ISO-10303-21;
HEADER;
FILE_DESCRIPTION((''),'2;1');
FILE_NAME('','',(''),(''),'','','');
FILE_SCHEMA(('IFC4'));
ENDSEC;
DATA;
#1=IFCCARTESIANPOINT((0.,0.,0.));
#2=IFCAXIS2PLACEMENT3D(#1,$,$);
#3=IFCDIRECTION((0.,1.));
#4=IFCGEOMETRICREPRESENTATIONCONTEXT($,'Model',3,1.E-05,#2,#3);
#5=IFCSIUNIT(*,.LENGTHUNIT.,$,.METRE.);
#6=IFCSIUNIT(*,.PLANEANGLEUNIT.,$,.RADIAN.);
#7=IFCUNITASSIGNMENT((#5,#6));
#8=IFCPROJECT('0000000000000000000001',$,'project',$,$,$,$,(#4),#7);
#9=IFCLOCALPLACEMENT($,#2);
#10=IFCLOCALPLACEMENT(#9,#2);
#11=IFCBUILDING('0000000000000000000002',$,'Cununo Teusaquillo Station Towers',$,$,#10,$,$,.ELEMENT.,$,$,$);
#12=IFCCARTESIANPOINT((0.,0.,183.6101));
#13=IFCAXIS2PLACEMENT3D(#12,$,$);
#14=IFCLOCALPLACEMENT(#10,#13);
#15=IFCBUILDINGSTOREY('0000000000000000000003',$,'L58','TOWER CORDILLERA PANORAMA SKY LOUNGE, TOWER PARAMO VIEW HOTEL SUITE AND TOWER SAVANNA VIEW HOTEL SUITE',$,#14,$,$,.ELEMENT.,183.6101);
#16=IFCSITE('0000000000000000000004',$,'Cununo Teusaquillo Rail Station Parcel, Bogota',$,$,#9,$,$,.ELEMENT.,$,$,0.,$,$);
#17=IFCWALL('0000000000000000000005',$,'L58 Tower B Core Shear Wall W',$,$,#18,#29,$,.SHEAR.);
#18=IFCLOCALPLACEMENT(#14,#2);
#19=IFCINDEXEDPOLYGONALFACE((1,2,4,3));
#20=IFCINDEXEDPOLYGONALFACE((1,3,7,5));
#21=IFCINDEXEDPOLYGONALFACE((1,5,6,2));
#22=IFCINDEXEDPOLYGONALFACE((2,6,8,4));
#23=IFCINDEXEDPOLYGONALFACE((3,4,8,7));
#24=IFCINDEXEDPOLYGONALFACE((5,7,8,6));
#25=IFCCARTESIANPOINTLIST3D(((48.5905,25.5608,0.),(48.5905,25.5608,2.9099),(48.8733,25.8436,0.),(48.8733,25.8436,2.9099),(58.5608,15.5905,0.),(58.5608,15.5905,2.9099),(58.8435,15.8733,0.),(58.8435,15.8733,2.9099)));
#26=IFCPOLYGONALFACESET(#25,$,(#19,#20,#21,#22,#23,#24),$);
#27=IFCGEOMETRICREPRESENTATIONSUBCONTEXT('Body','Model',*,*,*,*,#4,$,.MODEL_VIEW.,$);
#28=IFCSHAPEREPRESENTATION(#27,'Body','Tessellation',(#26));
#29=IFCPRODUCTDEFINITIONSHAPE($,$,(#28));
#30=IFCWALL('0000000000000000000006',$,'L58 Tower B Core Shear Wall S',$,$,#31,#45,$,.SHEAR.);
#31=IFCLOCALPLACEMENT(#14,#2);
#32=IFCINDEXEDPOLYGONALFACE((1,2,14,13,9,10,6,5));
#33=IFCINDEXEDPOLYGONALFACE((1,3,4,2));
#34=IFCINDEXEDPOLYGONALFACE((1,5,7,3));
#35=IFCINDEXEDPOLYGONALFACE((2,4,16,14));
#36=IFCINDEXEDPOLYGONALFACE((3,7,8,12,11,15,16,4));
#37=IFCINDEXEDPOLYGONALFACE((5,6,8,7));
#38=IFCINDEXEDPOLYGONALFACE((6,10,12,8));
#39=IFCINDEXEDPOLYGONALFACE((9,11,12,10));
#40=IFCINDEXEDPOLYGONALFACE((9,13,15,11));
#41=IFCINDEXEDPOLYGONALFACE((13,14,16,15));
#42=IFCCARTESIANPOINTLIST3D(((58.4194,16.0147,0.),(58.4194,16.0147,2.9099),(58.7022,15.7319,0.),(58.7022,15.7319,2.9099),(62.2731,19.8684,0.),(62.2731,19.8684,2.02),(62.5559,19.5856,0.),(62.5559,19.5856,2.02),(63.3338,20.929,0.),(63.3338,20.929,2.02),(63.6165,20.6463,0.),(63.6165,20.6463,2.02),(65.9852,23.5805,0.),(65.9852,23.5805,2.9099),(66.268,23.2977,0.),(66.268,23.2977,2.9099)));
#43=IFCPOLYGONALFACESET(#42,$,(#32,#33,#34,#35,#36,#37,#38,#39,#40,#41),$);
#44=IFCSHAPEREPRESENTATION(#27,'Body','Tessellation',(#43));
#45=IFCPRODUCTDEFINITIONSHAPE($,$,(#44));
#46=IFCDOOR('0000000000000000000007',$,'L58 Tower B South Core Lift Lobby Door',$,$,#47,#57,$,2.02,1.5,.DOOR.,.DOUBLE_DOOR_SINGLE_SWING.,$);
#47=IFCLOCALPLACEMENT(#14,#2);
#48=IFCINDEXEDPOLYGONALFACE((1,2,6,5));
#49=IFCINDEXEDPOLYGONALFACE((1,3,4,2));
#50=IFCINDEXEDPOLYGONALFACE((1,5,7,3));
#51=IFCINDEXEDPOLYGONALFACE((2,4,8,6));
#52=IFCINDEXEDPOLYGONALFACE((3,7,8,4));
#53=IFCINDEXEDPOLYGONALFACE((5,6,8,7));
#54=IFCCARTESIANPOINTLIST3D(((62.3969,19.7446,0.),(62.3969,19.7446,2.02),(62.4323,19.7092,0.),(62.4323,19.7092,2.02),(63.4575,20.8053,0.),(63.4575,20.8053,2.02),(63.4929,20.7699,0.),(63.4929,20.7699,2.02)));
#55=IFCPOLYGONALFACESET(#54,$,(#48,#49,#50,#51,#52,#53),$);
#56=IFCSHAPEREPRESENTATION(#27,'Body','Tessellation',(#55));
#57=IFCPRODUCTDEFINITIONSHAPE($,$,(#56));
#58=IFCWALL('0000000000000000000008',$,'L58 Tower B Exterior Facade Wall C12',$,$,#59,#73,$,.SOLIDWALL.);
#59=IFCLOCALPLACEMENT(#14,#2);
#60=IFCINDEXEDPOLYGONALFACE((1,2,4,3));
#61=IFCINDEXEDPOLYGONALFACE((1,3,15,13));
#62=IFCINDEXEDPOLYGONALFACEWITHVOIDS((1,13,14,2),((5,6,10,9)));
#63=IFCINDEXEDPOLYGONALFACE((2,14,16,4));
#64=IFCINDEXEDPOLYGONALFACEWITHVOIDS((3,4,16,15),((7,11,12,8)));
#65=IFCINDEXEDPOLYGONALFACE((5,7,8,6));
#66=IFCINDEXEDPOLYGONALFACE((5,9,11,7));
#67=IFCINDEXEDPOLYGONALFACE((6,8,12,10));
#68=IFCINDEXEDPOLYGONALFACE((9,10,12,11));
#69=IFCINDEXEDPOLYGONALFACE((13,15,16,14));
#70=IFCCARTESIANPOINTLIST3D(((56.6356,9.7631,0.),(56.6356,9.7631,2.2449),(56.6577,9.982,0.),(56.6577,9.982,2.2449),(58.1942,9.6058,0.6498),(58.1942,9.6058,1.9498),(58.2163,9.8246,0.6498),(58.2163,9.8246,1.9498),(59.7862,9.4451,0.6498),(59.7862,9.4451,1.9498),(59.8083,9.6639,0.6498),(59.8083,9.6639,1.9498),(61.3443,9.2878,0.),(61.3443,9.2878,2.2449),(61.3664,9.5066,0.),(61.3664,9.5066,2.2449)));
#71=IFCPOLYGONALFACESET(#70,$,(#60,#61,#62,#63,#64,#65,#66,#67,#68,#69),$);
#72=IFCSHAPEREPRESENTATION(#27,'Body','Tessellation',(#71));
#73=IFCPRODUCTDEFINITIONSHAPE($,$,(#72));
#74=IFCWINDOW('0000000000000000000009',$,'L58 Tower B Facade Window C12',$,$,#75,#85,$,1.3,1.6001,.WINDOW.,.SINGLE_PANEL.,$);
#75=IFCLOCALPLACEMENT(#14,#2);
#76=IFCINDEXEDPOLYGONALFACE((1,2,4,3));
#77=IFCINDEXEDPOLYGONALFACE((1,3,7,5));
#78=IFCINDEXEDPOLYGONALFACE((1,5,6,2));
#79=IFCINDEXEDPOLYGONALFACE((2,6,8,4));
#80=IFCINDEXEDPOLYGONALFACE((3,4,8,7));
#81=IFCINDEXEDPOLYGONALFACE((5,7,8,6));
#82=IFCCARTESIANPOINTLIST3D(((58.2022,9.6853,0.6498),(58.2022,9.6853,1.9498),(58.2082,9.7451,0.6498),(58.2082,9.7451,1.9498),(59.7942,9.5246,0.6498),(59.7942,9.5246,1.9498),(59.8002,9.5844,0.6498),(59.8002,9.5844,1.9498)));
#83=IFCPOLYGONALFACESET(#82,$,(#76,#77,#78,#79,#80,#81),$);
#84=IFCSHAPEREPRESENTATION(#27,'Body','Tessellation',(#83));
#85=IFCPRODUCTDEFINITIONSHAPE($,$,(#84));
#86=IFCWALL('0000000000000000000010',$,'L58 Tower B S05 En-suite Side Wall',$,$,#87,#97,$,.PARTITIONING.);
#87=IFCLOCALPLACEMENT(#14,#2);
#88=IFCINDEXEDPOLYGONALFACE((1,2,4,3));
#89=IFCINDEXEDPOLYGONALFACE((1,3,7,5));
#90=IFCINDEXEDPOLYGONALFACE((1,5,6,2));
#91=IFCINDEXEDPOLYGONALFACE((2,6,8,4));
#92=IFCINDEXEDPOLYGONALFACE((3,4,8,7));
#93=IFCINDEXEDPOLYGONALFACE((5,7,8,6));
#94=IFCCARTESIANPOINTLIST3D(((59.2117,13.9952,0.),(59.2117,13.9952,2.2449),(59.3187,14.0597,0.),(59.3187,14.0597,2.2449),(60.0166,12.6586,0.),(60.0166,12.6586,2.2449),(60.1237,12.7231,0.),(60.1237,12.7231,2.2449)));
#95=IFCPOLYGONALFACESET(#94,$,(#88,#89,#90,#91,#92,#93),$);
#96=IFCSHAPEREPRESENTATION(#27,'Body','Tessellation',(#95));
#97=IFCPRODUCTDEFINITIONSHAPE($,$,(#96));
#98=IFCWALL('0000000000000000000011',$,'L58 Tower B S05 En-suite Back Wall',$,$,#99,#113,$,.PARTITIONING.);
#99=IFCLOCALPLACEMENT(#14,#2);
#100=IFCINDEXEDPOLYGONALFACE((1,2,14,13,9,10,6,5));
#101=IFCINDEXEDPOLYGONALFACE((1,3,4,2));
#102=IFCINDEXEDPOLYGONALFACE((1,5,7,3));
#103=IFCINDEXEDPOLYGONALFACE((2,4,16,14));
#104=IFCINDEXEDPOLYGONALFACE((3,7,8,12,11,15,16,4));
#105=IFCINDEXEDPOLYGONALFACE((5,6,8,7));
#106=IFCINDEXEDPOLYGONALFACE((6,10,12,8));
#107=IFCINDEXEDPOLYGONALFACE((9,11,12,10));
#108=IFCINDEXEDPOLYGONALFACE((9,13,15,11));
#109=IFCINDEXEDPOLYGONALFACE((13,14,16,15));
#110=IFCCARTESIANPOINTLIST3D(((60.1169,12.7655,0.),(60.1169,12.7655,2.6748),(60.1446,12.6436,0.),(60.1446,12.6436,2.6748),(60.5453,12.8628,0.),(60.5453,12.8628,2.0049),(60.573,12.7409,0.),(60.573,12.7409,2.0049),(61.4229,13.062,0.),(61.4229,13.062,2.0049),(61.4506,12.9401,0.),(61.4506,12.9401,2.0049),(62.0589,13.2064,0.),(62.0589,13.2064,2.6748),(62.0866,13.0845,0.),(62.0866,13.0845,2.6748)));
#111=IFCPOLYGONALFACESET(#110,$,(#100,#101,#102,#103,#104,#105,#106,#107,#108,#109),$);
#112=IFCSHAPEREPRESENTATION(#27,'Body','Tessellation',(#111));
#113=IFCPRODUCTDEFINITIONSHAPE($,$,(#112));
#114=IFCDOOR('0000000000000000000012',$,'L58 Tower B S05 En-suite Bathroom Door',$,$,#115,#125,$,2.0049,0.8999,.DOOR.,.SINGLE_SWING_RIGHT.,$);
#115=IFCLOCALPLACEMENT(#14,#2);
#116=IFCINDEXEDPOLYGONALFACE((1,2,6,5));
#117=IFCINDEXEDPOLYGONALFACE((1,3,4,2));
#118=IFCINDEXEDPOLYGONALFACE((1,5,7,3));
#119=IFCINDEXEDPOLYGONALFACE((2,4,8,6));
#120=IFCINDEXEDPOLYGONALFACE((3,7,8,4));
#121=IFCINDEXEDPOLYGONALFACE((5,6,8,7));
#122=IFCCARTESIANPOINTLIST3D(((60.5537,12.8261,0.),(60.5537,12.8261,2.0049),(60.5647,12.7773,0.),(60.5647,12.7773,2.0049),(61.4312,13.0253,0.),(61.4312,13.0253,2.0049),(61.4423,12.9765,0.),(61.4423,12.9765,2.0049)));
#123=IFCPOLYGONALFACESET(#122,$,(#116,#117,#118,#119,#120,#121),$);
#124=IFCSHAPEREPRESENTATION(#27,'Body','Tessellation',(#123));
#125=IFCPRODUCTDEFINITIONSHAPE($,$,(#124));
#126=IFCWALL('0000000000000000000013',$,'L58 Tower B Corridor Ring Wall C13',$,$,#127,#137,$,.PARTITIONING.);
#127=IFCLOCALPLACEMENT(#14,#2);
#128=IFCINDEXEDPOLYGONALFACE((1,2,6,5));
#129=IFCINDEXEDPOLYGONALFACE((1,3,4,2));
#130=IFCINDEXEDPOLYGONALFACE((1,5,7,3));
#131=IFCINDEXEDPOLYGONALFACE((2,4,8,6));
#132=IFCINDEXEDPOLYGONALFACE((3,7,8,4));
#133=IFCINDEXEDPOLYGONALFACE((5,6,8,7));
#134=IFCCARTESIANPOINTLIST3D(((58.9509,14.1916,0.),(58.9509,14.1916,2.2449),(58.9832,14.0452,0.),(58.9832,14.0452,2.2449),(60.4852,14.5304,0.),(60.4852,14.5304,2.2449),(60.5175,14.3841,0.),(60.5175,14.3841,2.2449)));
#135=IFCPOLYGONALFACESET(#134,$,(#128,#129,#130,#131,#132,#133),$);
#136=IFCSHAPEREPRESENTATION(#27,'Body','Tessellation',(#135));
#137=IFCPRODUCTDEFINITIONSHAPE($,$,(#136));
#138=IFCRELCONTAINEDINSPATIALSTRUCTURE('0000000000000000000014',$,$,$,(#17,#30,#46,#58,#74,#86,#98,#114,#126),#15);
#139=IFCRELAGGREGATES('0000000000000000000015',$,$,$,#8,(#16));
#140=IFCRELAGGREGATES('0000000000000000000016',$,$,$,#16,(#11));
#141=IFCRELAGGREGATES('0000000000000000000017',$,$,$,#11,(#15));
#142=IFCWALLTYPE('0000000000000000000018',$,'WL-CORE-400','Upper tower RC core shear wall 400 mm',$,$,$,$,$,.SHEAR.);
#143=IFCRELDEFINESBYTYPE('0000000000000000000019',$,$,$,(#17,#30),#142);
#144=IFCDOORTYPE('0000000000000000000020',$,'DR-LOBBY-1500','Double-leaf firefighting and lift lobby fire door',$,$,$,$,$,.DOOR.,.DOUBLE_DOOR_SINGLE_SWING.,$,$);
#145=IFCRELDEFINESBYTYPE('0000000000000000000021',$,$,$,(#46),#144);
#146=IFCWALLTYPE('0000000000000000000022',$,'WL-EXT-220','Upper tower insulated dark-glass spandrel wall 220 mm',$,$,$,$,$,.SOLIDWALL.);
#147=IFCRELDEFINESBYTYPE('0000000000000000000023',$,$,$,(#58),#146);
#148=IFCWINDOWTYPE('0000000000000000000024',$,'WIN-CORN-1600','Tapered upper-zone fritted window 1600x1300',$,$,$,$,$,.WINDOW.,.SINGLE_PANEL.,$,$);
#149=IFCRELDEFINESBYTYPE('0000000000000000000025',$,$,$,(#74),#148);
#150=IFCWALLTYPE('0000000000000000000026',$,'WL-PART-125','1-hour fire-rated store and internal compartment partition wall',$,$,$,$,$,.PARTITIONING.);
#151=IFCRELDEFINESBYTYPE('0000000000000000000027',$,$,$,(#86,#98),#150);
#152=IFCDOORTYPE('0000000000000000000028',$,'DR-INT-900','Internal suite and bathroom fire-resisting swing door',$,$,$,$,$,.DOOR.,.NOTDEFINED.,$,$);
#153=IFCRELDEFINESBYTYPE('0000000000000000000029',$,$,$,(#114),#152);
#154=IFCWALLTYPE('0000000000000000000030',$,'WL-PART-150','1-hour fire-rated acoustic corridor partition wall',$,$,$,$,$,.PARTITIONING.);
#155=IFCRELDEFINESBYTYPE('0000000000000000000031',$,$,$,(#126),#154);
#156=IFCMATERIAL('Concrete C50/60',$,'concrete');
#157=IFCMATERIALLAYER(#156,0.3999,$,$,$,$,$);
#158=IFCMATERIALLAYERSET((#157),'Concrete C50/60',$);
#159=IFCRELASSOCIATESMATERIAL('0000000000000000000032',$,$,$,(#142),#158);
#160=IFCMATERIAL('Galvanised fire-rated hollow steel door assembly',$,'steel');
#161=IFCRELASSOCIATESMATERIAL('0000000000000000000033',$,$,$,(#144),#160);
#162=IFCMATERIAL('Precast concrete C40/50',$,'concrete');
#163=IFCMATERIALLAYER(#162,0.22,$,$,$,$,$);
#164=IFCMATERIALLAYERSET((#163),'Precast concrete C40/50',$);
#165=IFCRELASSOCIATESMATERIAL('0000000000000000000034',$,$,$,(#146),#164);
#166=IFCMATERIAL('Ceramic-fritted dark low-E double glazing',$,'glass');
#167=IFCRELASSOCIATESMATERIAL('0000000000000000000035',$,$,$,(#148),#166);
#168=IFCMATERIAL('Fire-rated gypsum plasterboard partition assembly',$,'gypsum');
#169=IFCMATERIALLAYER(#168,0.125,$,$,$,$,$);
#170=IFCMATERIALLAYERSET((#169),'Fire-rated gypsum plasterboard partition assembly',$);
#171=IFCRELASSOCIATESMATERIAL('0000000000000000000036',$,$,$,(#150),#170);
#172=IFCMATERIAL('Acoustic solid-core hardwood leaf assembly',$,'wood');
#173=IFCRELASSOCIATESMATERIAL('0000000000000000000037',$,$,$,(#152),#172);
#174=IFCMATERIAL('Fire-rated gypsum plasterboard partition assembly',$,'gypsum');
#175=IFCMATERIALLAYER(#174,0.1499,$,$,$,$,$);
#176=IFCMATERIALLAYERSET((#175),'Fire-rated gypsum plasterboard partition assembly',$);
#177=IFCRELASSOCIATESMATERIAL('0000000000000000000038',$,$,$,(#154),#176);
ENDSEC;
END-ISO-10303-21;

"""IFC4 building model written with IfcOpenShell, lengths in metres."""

from ifc_helpers import new_model, si_unit, direction, frame, frame_2d, origin, place, context, subcontext, project, spatial, rectangle, extrude, source, transform, mapped, material, layer, layer_set, type_object, element, fill, save


model = new_model("IFC4")

# Units and contexts
model_context = context("Model", 3, precision=1e-05, world=origin(), true_north=direction((0.0, 1.0)))
body_context = subcontext(model_context, "Body", "Model", "MODEL_VIEW")
ifc_project = project(units=[si_unit("LENGTHUNIT", "METRE"), si_unit("PLANEANGLEUNIT", "RADIAN")], contexts=[model_context])

# Site, building, storey
site_placement = place(None, origin())
site = spatial("IfcSite", under=ifc_project, at=site_placement, Name="Cununo Teusaquillo Rail Station Parcel, Bogota", CompositionType="ELEMENT", RefElevation=0.0)
building_placement = place(site_placement, origin())
building = spatial("IfcBuilding", under=site, at=building_placement, Name="Cununo Teusaquillo Station Towers", CompositionType="ELEMENT")
storey_placement = place(building_placement, frame((0.0, 0.0, 183.6101)))
storey = spatial("IfcBuildingStorey", under=building, at=storey_placement, Name="L58", Description="TOWER CORDILLERA PANORAMA SKY LOUNGE, TOWER PARAMO VIEW HOTEL SUITE AND TOWER SAVANNA VIEW HOTEL SUITE", CompositionType="ELEMENT", Elevation=183.6101)

# Wall
ifc_material_1 = material(Name="Concrete C50/60", Category="concrete")
ifc_layer_1 = layer(ifc_material_1, 0.3999)
ifc_layer_set_1 = layer_set([ifc_layer_1], Name="Concrete C50/60")
wall_type_1 = type_object("IfcWallType", Name="WL-CORE-400", Description="Upper tower RC core shear wall 400 mm", PredefinedType="SHEAR", material=ifc_layer_set_1)
wall_1_placement = place(storey_placement, frame((58.7021, 15.7319, 0.0), z_axis=(0.0, 0.0, 1.0), x_axis=(-0.707107, 0.707107, 0.0)))
element("IfcWall", 1, at=wall_1_placement, inside=storey, type_object=wall_type_1, Name="L58 Tower B Core Shear Wall W", PredefinedType="SHEAR", context=body_context, shape_type="SweptSolid", body=[
    extrude(rectangle(XDim=14.1001, YDim=0.3999, at=frame_2d((7.05, 0.0))), origin(), (0.0, 0.0, 1.0), 2.9099),
])

# Wall, opening, door
wall_2_placement = place(storey_placement, frame((58.5608, 15.8733, 0.0), z_axis=(0.0, 0.0, 1.0), x_axis=(0.707107, 0.707107, 0.0)))
wall_2 = element("IfcWall", 2, at=wall_2_placement, inside=storey, type_object=wall_type_1, Name="L58 Tower B Core Shear Wall S", PredefinedType="SHEAR", context=body_context, shape_type="SweptSolid", body=[
    extrude(rectangle(XDim=10.6997, YDim=0.3999, at=frame_2d((5.3499, 0.0))), origin(), (0.0, 0.0, 1.0), 2.9099),
])
shared_shape_1 = source(origin(), body_context, "Body", "SweptSolid", [
    extrude(rectangle(XDim=1.5, YDim=2.02, at=frame_2d((0.75, 1.01))), frame((0.0, 0.21, 0.0), z_axis=(0.0, -1.0, 0.0), x_axis=(1.0, 0.0, 0.0)), (0.0, 0.0, 1.0), 0.4199),
])
opening_1_placement = place(wall_2_placement, frame((5.45, 0.0, 0.0)))
opening_1 = element("IfcOpeningElement", 3, at=opening_1_placement, cuts=wall_2, PredefinedType="OPENING", context=body_context, shape_type="MappedRepresentation", body=[
    mapped(shared_shape_1, transform((0.0, 0.0, 0.0), x_axis=(1.0, 0.0, 0.0), y_axis=(0.0, 1.0, 0.0), z_axis=(0.0, 0.0, 1.0), scale=1.0)),
])
ifc_material_2 = material(Name="Galvanised fire-rated hollow steel door assembly", Category="steel")
door_type_1 = type_object("IfcDoorType", Name="DR-LOBBY-1500", Description="Double-leaf firefighting and lift lobby fire door", OperationType="DOUBLE_DOOR_SINGLE_SWING", PredefinedType="DOOR", material=ifc_material_2)
shared_shape_2 = source(origin(), body_context, "Body", "SweptSolid", [
    extrude(rectangle(XDim=1.5, YDim=2.02, at=frame_2d((0.75, 1.01))), frame((0.0, 0.0249, 0.0), z_axis=(0.0, -1.0, 0.0), x_axis=(1.0, 0.0, 0.0)), (0.0, 0.0, 1.0), 0.05),
])
door_1_placement = place(opening_1_placement, origin())
door_1 = element("IfcDoor", 4, at=door_1_placement, inside=storey, type_object=door_type_1, Name="L58 Tower B South Core Lift Lobby Door", OperationType="DOUBLE_DOOR_SINGLE_SWING", OverallHeight=2.02, OverallWidth=1.5, PredefinedType="DOOR", context=body_context, shape_type="MappedRepresentation", body=[
    mapped(shared_shape_2, transform((0.0, 0.0, 0.0), x_axis=(1.0, 0.0, 0.0), y_axis=(0.0, 1.0, 0.0), z_axis=(0.0, 0.0, 1.0), scale=1.0)),
])
fill(opening_1, door_1)

# Wall, opening, window
ifc_material_3 = material(Name="Precast concrete C40/50", Category="concrete")
ifc_layer_2 = layer(ifc_material_3, 0.22)
ifc_layer_set_2 = layer_set([ifc_layer_2], Name="Precast concrete C40/50")
wall_type_2 = type_object("IfcWallType", Name="WL-EXT-220", Description="Upper tower insulated dark-glass spandrel wall 220 mm", PredefinedType="SOLIDWALL", material=ifc_layer_set_2)
wall_3_placement = place(storey_placement, frame((61.3552, 9.3972, 0.0), z_axis=(0.0, 0.0, 1.0), x_axis=(-0.994943, 0.100438, 0.0)))
wall_3 = element("IfcWall", 5, at=wall_3_placement, inside=storey, type_object=wall_type_2, Name="L58 Tower B Exterior Facade Wall C12", PredefinedType="SOLIDWALL", context=body_context, shape_type="SweptSolid", body=[
    extrude(rectangle(XDim=4.7327, YDim=0.22, at=frame_2d((2.3662, 0.0))), origin(), (0.0, 0.0, 1.0), 2.2449),
])
shared_shape_3 = source(origin(), body_context, "Body", "SweptSolid", [
    extrude(rectangle(XDim=1.6001, YDim=1.3, at=frame_2d((0.8, 0.6499))), frame((0.0, 0.1199, 0.0), z_axis=(0.0, -1.0, 0.0), x_axis=(1.0, 0.0, 0.0)), (0.0, 0.0, 1.0), 0.24),
])
opening_2_placement = place(wall_3_placement, frame((1.5659, 0.0, 0.6499)))
opening_2 = element("IfcOpeningElement", 6, at=opening_2_placement, cuts=wall_3, PredefinedType="OPENING", context=body_context, shape_type="MappedRepresentation", body=[
    mapped(shared_shape_3, transform((0.0, 0.0, 0.0), x_axis=(1.0, 0.0, 0.0), y_axis=(0.0, 1.0, 0.0), z_axis=(0.0, 0.0, 1.0), scale=1.0)),
])
ifc_material_4 = material(Name="Ceramic-fritted dark low-E double glazing", Category="glass")
window_type = type_object("IfcWindowType", Name="WIN-CORN-1600", Description="Tapered upper-zone fritted window 1600x1300", PartitioningType="SINGLE_PANEL", PredefinedType="WINDOW", material=ifc_material_4)
shared_shape_4 = source(origin(), body_context, "Body", "SweptSolid", [
    extrude(rectangle(XDim=1.6001, YDim=1.3, at=frame_2d((0.8, 0.6499))), frame((0.0, 0.03, 0.0), z_axis=(0.0, -1.0, 0.0), x_axis=(1.0, 0.0, 0.0)), (0.0, 0.0, 1.0), 0.0601),
])
window_placement = place(opening_2_placement, origin())
window = element("IfcWindow", 7, at=window_placement, inside=storey, type_object=window_type, Name="L58 Tower B Facade Window C12", OverallHeight=1.3, OverallWidth=1.6001, PartitioningType="SINGLE_PANEL", PredefinedType="WINDOW", context=body_context, shape_type="MappedRepresentation", body=[
    mapped(shared_shape_4, transform((0.0, 0.0, 0.0), x_axis=(1.0, 0.0, 0.0), y_axis=(0.0, 1.0, 0.0), z_axis=(0.0, 0.0, 1.0), scale=1.0)),
])
fill(opening_2, window)

# Wall
ifc_material_5 = material(Name="Fire-rated gypsum plasterboard partition assembly", Category="gypsum")
ifc_layer_3 = layer(ifc_material_5, 0.125)
ifc_layer_set_3 = layer_set([ifc_layer_3], Name="Fire-rated gypsum plasterboard partition assembly")
wall_type_3 = type_object("IfcWallType", Name="WL-PART-125", Description="1-hour fire-rated store and internal compartment partition wall", PredefinedType="PARTITIONING", material=ifc_layer_set_3)
wall_4_placement = place(storey_placement, frame((59.2651, 14.0276, 0.0), z_axis=(0.0, 0.0, 1.0), x_axis=(0.515876, -0.856663, 0.0)))
element("IfcWall", 8, at=wall_4_placement, inside=storey, type_object=wall_type_3, Name="L58 Tower B S05 En-suite Side Wall", PredefinedType="PARTITIONING", context=body_context, shape_type="SweptSolid", body=[
    extrude(rectangle(XDim=1.5603, YDim=0.125, at=frame_2d((0.7803, 0.0))), origin(), (0.0, 0.0, 1.0), 2.2449),
])

# Wall, opening, door
wall_5_placement = place(storey_placement, frame((60.1309, 12.7046, 0.0), z_axis=(0.0, 0.0, 1.0), x_axis=(0.975185, 0.221393, 0.0)))
wall_5 = element("IfcWall", 9, at=wall_5_placement, inside=storey, type_object=wall_type_3, Name="L58 Tower B S05 En-suite Back Wall", PredefinedType="PARTITIONING", context=body_context, shape_type="SweptSolid", body=[
    extrude(rectangle(XDim=1.9915, YDim=0.125, at=frame_2d((0.9956, 0.0))), origin(), (0.0, 0.0, 1.0), 2.6748),
])
shared_shape_5 = source(origin(), body_context, "Body", "SweptSolid", [
    extrude(rectangle(XDim=0.8999, YDim=2.0049, at=frame_2d((0.45, 1.0024))), frame((0.0, 0.0725, 0.0), z_axis=(0.0, -1.0, 0.0), x_axis=(1.0, 0.0, 0.0)), (0.0, 0.0, 1.0), 0.145),
])
opening_3_placement = place(wall_5_placement, frame((0.4392, 0.0, 0.0)))
opening_3 = element("IfcOpeningElement", 10, at=opening_3_placement, cuts=wall_5, PredefinedType="OPENING", context=body_context, shape_type="MappedRepresentation", body=[
    mapped(shared_shape_5, transform((0.0, 0.0, 0.0), x_axis=(1.0, 0.0, 0.0), y_axis=(0.0, 1.0, 0.0), z_axis=(0.0, 0.0, 1.0), scale=1.0)),
])
ifc_material_6 = material(Name="Acoustic solid-core hardwood leaf assembly", Category="wood")
door_type_2 = type_object("IfcDoorType", Name="DR-INT-900", Description="Internal suite and bathroom fire-resisting swing door", OperationType="NOTDEFINED", PredefinedType="DOOR", material=ifc_material_6)
shared_shape_6 = source(origin(), body_context, "Body", "SweptSolid", [
    extrude(rectangle(XDim=0.8999, YDim=2.0049, at=frame_2d((0.45, 1.0024))), frame((0.0, 0.0249, 0.0), z_axis=(0.0, -1.0, 0.0), x_axis=(1.0, 0.0, 0.0)), (0.0, 0.0, 1.0), 0.05),
])
door_2_placement = place(opening_3_placement, origin())
door_2 = element("IfcDoor", 11, at=door_2_placement, inside=storey, type_object=door_type_2, Name="L58 Tower B S05 En-suite Bathroom Door", OperationType="SINGLE_SWING_RIGHT", OverallHeight=2.0049, OverallWidth=0.8999, PredefinedType="DOOR", context=body_context, shape_type="MappedRepresentation", body=[
    mapped(shared_shape_6, transform((0.0, 0.0, 0.0), x_axis=(1.0, 0.0, 0.0), y_axis=(0.0, 1.0, 0.0), z_axis=(0.0, 0.0, 1.0), scale=1.0)),
])
fill(opening_3, door_2)

# Wall
ifc_material_7 = material(Name="Fire-rated gypsum plasterboard partition assembly", Category="gypsum")
ifc_layer_4 = layer(ifc_material_7, 0.1499)
ifc_layer_set_4 = layer_set([ifc_layer_4], Name="Fire-rated gypsum plasterboard partition assembly")
wall_type_4 = type_object("IfcWallType", Name="WL-PART-150", Description="1-hour fire-rated acoustic corridor partition wall", PredefinedType="PARTITIONING", material=ifc_layer_set_4)
wall_6_placement = place(storey_placement, frame((58.967, 14.1184, 0.0), z_axis=(0.0, 0.0, 1.0), x_axis=(0.976471, 0.215647, 0.0)))
element("IfcWall", 12, at=wall_6_placement, inside=storey, type_object=wall_type_4, Name="L58 Tower B Corridor Ring Wall C13", PredefinedType="PARTITIONING", context=body_context, shape_type="SweptSolid", body=[
    extrude(rectangle(XDim=1.5713, YDim=0.1499, at=frame_2d((0.7856, 0.0))), origin(), (0.0, 0.0, 1.0), 2.2449),
])

save(model, "model.ifc")
